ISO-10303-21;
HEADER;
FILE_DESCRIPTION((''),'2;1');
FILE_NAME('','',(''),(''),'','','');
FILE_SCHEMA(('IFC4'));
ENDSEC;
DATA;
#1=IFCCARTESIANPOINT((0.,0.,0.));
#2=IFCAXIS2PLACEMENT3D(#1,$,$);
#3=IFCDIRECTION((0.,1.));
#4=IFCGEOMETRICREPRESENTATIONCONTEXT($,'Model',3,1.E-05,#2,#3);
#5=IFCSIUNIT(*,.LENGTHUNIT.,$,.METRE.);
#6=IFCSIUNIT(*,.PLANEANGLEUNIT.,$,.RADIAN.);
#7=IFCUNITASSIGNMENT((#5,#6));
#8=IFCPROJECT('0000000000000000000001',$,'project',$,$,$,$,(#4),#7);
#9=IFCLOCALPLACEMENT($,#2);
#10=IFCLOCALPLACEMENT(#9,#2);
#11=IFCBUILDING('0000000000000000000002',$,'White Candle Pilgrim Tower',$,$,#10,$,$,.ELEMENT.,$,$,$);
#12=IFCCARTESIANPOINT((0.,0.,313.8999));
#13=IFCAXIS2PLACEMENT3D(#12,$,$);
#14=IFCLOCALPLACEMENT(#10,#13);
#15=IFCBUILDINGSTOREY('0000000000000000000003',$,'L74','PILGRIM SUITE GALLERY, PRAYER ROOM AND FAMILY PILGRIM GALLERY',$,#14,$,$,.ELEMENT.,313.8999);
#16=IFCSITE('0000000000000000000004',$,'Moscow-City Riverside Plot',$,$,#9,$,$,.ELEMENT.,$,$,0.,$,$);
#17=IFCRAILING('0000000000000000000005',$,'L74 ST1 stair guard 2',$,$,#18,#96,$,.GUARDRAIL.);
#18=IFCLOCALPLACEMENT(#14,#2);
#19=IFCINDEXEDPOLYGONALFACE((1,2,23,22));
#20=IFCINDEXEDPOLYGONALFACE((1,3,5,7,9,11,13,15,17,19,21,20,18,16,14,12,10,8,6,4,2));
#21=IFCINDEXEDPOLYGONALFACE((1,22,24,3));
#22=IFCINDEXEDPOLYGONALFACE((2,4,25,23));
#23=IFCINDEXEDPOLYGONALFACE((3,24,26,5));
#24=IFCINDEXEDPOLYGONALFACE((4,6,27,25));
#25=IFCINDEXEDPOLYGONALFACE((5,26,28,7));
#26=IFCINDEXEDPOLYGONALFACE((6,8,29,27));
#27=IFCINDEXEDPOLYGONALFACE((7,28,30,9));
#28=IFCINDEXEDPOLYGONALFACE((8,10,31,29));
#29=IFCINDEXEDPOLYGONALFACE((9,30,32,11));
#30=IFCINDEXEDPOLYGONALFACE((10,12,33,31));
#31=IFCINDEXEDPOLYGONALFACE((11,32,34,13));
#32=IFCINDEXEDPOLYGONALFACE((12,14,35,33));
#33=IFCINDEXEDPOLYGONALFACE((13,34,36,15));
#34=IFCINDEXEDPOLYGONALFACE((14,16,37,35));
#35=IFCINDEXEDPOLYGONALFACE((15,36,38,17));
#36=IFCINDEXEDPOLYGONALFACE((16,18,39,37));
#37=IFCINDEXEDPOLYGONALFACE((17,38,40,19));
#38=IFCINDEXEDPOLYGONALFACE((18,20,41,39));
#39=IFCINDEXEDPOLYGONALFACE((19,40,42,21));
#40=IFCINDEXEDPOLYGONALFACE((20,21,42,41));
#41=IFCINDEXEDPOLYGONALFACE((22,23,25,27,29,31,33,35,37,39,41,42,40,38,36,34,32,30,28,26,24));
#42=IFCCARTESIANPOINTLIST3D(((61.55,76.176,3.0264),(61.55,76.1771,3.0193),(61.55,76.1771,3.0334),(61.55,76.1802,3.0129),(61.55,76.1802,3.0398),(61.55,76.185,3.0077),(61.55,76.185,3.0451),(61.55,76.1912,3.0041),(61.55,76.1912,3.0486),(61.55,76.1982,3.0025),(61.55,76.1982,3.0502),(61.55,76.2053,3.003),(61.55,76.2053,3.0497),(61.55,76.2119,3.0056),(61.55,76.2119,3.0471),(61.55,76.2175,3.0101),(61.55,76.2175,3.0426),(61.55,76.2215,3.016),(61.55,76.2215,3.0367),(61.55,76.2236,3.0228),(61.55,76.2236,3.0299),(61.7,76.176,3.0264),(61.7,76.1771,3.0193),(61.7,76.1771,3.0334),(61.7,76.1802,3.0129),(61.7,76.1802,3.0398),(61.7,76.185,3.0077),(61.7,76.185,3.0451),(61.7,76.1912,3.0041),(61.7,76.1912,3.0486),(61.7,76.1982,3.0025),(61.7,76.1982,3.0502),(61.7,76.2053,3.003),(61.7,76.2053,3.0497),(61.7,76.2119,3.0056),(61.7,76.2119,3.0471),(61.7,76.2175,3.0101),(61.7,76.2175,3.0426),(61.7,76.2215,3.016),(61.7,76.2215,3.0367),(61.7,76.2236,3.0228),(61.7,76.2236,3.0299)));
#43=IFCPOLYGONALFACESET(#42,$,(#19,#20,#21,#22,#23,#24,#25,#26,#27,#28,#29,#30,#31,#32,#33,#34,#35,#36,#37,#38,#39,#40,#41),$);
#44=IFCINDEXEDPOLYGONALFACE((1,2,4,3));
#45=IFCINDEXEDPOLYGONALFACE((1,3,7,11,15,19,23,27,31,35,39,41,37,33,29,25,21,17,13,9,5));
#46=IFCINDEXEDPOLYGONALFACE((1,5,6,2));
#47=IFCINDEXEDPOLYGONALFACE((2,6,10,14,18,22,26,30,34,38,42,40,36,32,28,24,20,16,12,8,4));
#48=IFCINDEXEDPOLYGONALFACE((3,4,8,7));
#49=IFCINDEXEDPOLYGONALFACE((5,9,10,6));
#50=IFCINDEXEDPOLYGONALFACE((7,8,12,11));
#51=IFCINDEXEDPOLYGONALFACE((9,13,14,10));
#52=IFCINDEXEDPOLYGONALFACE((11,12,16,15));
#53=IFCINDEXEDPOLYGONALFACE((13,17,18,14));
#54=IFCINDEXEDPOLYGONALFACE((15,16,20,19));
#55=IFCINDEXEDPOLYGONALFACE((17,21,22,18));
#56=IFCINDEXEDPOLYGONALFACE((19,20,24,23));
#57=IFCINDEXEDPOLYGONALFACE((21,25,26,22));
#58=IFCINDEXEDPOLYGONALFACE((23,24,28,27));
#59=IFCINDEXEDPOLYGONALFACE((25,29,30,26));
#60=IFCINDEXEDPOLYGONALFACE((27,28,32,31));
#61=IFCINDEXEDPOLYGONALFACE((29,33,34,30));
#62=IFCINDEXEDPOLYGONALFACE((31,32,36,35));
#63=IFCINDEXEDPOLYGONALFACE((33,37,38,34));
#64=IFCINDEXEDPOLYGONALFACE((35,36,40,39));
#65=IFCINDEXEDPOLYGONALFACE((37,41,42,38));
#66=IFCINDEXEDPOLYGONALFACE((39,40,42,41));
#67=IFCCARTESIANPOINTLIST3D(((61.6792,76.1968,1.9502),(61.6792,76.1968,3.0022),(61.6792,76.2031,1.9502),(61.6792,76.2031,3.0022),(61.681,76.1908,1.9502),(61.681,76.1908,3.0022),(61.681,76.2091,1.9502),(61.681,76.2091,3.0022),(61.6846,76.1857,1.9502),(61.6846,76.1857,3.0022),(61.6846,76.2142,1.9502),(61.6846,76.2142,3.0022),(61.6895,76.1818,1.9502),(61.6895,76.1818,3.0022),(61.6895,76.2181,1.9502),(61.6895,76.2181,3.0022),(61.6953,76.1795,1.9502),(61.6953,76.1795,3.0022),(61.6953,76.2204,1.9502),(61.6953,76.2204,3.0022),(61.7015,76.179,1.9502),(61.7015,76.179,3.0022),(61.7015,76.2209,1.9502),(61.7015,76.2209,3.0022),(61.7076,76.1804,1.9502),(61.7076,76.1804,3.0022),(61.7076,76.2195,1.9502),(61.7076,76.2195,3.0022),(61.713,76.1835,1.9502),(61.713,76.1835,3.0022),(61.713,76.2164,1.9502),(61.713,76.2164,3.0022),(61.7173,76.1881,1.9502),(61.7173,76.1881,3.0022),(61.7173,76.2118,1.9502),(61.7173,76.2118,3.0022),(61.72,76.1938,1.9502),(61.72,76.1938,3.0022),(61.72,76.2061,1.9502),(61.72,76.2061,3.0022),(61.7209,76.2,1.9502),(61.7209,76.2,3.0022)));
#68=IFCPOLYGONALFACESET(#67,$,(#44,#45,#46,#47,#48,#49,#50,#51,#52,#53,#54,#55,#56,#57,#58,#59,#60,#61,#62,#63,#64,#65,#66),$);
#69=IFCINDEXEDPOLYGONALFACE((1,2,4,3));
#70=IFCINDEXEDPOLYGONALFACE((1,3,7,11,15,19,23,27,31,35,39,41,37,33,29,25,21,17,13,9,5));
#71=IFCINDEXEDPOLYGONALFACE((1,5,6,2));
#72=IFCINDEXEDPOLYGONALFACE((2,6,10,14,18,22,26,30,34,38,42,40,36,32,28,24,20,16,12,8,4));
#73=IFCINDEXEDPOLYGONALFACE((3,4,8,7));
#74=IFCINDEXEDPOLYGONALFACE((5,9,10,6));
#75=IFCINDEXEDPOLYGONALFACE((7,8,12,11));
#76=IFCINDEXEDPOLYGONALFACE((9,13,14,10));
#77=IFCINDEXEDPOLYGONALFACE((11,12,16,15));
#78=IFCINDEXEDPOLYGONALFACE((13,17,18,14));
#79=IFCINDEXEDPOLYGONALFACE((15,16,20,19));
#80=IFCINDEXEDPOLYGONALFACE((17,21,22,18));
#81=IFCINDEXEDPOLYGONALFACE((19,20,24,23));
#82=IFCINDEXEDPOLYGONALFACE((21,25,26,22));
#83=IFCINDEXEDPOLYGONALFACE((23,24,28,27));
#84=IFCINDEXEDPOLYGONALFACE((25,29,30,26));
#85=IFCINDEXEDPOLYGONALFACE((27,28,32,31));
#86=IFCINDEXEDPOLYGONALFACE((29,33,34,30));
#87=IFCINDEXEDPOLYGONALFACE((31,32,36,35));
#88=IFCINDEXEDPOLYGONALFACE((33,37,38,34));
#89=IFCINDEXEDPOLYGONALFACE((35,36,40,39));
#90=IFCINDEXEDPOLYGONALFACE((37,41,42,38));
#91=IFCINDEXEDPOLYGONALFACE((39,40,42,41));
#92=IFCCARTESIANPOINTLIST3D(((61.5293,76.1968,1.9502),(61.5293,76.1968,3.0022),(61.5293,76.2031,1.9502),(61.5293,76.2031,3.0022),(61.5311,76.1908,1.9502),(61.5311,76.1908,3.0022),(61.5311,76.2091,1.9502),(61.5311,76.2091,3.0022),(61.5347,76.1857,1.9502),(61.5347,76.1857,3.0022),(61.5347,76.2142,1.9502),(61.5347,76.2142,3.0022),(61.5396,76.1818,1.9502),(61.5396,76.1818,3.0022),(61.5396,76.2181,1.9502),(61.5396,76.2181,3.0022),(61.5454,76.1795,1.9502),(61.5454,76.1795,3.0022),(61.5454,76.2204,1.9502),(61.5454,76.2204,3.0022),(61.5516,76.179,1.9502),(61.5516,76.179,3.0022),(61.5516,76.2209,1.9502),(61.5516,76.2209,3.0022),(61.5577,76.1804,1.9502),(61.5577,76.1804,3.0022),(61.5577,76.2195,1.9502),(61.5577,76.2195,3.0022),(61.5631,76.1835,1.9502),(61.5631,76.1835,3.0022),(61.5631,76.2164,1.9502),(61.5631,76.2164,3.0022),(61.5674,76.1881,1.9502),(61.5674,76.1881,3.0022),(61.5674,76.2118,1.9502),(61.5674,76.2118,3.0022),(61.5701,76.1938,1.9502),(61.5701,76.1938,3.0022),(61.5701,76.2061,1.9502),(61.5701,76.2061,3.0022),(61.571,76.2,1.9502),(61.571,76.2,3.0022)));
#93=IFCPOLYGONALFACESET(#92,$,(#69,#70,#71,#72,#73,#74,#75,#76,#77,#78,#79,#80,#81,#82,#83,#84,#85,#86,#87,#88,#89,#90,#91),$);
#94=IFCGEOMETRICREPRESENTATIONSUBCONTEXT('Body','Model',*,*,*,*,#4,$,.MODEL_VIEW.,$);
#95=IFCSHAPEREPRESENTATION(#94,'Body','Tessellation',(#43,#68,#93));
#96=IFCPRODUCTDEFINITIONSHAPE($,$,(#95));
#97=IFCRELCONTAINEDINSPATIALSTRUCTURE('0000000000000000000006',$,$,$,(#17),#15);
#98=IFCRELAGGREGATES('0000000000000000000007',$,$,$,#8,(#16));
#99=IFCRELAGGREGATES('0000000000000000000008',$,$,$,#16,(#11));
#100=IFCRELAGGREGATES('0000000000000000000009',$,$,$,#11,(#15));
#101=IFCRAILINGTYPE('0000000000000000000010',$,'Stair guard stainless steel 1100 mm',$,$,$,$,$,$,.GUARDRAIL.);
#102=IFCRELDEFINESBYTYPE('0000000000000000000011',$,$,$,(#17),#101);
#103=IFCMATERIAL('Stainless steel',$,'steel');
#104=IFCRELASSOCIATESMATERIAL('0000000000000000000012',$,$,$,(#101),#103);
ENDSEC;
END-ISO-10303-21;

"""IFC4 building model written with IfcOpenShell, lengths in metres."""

from ifc_helpers import new_model, si_unit, direction, frame, origin, origin_2d, place, context, subcontext, project, spatial, circle, extrude, material, type_object, element, save


model = new_model("IFC4")

# Units and contexts
model_context = context("Model", 3, precision=1e-05, world=origin(), true_north=direction((0.0, 1.0)))
body_context = subcontext(model_context, "Body", "Model", "MODEL_VIEW")
ifc_project = project(units=[si_unit("LENGTHUNIT", "METRE"), si_unit("PLANEANGLEUNIT", "RADIAN")], contexts=[model_context])

# Site, building, storey
site_placement = place(None, origin())
site = spatial("IfcSite", under=ifc_project, at=site_placement, Name="Moscow-City Riverside Plot", CompositionType="ELEMENT", RefElevation=0.0)
building_placement = place(site_placement, origin())
building = spatial("IfcBuilding", under=site, at=building_placement, Name="White Candle Pilgrim Tower", CompositionType="ELEMENT")
storey_placement = place(building_placement, frame((0.0, 0.0, 313.8999)))
storey = spatial("IfcBuildingStorey", under=building, at=storey_placement, Name="L74", Description="PILGRIM SUITE GALLERY, PRAYER ROOM AND FAMILY PILGRIM GALLERY", CompositionType="ELEMENT", Elevation=313.8999)

# Shared definitions
ifc_material_1 = material(Name="Stainless steel", Category="steel")

# Railing
railing_type = type_object("IfcRailingType", Name="Stair guard stainless steel 1100 mm", PredefinedType="GUARDRAIL", material=ifc_material_1)
railing_1_placement = place(storey_placement, frame((61.7, 76.2, 1.9502)))
element("IfcRailing", 1, at=railing_1_placement, inside=storey, type_object=railing_type, Name="L74 ST1 stair guard 2", PredefinedType="GUARDRAIL", context=body_context, shape_type="SweptSolid", body=[
    extrude(circle(Radius=0.0239, at=origin_2d()), frame((0.0, 0.0, 1.0762), z_axis=(-1.0, 0.0, 0.0), x_axis=(0.0, -1.0, 0.0)), (0.0, 0.0, 1.0), 0.1499),
    extrude(circle(Radius=0.021, at=origin_2d()), origin(), (0.0, 0.0, 1.0), 1.052),
    extrude(circle(Radius=0.021, at=origin_2d()), frame((-0.1499, 0.0, 0.0)), (0.0, 0.0, 1.0), 1.052),
])

save(model, "model.ifc")
